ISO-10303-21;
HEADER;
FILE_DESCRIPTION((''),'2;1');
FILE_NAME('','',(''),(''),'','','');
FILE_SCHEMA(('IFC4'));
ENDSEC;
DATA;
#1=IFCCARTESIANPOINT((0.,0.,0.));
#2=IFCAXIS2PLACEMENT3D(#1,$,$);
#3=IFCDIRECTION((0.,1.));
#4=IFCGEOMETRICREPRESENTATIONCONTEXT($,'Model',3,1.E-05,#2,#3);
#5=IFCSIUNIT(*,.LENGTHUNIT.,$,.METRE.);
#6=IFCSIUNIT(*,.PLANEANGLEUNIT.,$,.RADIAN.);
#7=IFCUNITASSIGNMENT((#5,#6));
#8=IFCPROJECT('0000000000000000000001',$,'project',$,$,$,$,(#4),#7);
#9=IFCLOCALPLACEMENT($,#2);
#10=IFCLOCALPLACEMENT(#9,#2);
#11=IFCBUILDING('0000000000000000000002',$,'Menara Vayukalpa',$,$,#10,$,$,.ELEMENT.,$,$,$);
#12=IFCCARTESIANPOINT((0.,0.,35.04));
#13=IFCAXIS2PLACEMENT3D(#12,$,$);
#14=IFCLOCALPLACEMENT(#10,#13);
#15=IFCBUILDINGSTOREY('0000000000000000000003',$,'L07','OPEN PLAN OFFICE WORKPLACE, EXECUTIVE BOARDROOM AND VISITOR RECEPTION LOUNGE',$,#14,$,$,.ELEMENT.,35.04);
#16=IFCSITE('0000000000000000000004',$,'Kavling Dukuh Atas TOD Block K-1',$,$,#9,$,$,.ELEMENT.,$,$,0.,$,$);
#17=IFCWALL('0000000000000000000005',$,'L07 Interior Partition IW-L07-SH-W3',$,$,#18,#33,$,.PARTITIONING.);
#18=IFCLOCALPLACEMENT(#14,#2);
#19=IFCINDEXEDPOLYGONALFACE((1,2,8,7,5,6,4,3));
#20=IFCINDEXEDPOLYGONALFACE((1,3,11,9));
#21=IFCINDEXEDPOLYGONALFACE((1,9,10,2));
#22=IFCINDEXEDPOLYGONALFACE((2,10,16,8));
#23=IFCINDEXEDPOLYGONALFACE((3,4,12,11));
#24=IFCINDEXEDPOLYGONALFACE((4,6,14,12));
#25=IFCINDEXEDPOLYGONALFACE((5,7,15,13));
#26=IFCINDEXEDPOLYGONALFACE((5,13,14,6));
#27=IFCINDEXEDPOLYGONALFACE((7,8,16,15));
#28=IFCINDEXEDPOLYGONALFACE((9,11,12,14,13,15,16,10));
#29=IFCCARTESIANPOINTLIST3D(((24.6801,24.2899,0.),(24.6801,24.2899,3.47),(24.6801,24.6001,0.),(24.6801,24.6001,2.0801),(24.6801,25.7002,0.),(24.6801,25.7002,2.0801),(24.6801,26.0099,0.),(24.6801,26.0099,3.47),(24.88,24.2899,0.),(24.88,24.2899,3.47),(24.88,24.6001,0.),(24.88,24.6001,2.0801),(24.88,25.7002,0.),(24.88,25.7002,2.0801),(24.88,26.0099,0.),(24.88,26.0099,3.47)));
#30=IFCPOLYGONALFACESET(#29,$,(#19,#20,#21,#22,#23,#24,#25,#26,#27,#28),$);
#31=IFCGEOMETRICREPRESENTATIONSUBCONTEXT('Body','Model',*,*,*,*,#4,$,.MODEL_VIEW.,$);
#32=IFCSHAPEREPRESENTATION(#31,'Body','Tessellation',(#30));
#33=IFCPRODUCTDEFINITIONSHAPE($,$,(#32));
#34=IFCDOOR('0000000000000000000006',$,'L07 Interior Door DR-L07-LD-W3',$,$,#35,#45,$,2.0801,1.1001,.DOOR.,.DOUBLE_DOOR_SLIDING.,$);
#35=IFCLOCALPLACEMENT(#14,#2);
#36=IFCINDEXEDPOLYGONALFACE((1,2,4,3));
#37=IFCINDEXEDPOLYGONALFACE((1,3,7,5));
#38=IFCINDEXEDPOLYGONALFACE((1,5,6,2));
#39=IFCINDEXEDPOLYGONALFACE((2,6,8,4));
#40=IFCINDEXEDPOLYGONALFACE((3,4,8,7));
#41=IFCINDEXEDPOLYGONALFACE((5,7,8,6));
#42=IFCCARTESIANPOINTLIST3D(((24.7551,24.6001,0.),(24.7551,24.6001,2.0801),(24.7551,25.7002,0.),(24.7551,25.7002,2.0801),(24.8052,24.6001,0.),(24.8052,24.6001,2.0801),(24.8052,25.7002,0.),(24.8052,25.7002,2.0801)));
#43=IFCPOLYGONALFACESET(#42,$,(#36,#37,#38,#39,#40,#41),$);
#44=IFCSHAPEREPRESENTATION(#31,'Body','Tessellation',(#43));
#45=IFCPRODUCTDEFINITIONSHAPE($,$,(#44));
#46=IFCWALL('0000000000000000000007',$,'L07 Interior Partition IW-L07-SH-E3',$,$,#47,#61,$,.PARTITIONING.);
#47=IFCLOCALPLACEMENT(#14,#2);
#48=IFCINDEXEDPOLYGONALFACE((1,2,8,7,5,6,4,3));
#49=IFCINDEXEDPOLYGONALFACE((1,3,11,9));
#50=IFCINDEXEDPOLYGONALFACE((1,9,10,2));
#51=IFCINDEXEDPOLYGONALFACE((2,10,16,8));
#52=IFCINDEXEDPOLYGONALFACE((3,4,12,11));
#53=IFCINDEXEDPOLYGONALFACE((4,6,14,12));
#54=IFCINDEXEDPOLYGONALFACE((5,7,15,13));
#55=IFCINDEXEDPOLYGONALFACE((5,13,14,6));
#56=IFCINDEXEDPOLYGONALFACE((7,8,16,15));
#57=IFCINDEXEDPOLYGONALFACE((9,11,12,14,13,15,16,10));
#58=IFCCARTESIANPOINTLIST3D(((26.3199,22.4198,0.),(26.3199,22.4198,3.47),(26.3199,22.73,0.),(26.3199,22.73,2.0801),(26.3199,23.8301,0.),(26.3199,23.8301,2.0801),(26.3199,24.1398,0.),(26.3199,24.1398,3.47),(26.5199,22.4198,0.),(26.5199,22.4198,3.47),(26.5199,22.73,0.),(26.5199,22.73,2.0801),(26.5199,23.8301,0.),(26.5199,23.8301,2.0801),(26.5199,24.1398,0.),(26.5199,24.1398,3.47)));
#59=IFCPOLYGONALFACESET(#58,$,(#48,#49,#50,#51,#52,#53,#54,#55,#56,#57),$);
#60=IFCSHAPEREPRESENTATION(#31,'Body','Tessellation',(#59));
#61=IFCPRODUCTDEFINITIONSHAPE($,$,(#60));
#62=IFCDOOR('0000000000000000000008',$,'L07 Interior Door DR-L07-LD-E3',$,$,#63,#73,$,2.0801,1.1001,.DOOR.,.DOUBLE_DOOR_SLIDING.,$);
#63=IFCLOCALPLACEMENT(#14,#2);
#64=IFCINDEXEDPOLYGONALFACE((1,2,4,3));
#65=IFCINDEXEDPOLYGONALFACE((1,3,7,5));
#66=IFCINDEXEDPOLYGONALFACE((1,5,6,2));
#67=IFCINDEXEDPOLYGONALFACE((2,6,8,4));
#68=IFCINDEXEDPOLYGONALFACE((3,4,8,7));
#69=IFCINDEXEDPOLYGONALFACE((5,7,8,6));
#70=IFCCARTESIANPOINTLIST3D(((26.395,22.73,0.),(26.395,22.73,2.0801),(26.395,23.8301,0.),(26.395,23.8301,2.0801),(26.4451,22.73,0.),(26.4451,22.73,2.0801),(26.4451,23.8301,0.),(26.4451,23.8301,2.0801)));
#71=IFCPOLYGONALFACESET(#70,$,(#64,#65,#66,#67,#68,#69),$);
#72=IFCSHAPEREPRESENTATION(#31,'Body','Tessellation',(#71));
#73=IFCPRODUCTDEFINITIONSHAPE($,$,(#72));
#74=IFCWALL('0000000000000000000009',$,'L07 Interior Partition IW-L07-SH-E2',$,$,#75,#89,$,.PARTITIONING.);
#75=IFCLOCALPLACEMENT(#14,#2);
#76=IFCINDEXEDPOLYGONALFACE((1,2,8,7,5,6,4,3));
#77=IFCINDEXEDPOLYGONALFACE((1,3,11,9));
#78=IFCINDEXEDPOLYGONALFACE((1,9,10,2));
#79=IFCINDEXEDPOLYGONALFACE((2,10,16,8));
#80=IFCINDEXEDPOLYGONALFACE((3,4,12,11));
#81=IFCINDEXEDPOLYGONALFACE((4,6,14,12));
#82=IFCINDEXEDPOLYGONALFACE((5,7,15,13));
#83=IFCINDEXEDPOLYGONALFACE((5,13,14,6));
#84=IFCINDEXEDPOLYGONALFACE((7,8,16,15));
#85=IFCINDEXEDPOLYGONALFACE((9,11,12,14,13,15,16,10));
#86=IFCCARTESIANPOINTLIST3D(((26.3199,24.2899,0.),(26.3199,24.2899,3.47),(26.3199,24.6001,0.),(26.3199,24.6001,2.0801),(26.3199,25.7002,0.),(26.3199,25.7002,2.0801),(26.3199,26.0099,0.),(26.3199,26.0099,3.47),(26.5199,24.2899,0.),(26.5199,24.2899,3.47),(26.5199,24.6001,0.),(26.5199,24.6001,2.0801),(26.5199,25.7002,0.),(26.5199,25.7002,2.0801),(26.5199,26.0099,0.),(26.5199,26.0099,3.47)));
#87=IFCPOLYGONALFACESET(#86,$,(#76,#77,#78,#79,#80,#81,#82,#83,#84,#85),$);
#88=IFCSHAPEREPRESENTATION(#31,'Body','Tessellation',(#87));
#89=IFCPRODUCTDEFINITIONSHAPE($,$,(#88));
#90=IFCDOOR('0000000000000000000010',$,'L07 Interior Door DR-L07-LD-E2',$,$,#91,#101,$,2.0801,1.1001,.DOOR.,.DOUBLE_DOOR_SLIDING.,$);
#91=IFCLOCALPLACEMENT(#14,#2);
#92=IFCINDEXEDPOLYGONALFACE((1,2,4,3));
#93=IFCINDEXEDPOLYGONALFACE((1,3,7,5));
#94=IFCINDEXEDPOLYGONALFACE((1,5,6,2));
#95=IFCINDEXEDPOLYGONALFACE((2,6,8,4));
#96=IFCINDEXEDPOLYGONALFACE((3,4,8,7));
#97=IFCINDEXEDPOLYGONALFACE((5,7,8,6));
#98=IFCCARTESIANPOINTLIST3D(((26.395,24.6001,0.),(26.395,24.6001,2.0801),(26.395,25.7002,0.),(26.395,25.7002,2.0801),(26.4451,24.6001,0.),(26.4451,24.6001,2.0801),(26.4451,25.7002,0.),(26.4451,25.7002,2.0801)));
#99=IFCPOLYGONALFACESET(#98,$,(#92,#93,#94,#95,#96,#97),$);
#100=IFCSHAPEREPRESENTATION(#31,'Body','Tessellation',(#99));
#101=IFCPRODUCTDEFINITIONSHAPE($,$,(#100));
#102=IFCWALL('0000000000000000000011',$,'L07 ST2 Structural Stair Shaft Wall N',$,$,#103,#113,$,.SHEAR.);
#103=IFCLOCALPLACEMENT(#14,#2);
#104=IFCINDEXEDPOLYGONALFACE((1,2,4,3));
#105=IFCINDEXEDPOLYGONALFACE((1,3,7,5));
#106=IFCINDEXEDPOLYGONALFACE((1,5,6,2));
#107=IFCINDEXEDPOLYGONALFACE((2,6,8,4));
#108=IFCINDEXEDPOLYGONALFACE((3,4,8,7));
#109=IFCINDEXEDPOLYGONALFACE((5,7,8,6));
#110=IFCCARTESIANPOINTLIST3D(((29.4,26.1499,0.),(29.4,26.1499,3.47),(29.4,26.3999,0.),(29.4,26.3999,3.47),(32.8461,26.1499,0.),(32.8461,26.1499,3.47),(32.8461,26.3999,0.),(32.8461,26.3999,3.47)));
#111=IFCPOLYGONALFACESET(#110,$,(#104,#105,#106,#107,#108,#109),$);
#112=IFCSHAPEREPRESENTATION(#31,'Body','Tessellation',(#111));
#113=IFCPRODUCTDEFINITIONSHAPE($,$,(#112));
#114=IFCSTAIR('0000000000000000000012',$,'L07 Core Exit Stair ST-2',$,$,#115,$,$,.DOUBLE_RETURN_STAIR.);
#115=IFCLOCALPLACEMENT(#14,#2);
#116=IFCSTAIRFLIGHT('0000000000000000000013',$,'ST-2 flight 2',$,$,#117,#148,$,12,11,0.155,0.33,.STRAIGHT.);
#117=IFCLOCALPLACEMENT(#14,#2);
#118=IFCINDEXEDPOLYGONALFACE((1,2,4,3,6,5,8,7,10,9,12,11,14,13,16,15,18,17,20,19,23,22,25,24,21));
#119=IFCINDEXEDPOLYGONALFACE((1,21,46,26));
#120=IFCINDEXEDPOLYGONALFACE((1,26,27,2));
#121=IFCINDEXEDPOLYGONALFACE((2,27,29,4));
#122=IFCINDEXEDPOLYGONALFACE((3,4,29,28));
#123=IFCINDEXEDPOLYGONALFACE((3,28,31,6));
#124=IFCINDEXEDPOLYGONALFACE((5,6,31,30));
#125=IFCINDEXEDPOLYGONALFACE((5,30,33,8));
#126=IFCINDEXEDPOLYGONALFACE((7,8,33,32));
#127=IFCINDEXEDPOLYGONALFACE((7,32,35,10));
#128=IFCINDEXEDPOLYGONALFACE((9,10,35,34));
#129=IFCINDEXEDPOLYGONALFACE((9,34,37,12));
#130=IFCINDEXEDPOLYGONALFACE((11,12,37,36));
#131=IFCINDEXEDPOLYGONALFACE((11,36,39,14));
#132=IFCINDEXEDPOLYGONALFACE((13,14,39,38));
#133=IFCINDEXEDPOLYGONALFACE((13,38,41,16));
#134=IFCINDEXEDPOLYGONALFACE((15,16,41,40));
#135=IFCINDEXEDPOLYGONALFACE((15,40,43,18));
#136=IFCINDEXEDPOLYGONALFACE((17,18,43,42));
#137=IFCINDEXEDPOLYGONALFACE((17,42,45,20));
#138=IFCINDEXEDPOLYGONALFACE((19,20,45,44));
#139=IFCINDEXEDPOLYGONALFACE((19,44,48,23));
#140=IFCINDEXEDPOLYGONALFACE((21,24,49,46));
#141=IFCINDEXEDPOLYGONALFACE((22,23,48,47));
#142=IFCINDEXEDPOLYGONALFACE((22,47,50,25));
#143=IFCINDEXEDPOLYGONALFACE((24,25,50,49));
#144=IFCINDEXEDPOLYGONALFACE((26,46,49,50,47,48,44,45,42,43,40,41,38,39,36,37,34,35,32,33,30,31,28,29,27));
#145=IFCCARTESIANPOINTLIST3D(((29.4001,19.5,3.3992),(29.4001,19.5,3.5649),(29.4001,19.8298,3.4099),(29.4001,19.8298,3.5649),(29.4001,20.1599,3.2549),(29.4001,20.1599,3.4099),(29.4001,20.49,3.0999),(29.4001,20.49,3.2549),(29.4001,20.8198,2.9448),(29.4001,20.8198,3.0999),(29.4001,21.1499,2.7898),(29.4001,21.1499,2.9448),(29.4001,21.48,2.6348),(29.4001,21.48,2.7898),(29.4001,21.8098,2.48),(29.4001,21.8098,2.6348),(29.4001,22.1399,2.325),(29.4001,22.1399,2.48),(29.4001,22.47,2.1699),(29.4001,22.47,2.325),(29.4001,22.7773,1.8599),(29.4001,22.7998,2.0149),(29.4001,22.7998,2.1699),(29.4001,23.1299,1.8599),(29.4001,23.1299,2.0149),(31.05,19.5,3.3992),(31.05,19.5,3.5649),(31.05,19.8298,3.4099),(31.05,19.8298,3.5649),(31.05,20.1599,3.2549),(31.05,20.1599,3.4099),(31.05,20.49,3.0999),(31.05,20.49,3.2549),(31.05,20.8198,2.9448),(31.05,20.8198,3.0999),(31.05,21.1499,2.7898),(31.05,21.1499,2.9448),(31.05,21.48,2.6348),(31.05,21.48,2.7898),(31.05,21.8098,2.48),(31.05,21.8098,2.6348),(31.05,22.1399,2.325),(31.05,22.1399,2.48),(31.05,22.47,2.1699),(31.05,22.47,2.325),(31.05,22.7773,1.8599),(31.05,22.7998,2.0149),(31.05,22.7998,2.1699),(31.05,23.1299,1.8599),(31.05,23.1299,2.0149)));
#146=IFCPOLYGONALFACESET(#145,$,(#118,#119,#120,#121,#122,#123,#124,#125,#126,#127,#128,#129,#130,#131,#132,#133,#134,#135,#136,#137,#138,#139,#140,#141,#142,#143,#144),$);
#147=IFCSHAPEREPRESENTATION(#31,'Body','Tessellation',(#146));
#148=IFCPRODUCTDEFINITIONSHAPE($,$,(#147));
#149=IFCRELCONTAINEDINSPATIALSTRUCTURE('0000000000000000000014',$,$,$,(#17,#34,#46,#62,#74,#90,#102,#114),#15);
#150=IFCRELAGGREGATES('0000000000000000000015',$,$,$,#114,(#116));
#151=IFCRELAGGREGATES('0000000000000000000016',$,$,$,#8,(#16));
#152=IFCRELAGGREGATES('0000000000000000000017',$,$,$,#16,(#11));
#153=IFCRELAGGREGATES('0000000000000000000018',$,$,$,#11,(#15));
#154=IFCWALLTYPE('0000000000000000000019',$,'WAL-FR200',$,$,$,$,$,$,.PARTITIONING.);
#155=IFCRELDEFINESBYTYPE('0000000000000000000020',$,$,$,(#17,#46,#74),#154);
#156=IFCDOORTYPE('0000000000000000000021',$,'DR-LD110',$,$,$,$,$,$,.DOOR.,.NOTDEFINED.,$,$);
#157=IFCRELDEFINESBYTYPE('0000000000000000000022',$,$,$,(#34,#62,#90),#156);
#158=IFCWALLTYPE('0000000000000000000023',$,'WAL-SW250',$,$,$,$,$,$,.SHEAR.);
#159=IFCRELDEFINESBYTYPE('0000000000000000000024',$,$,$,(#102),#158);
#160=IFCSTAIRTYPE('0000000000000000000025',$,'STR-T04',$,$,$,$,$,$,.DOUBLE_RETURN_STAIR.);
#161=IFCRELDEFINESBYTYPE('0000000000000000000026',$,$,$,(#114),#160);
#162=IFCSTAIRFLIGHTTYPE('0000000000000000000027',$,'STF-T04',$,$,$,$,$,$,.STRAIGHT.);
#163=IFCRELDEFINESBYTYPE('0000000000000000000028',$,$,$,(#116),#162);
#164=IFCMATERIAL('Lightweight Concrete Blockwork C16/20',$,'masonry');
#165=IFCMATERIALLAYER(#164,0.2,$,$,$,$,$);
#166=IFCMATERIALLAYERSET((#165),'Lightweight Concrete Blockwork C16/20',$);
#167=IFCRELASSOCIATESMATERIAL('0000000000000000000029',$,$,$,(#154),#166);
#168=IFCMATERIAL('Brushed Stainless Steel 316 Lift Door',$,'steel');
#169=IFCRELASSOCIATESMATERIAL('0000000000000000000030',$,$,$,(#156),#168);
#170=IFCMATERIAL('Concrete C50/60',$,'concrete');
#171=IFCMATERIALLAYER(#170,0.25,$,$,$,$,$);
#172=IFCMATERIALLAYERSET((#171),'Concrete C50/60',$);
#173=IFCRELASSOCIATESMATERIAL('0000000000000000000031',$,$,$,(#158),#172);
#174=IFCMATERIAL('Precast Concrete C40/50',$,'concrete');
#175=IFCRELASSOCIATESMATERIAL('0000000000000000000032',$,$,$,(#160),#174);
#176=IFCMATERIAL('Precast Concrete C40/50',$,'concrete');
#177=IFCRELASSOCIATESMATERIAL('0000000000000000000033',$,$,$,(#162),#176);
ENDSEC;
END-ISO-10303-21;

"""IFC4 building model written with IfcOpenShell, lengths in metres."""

from ifc_helpers import new_model, si_unit, direction, frame, frame_2d, origin, place, context, subcontext, project, spatial, polyline, rectangle, outline, extrude, material, layer, layer_set, type_object, element, fill, aggregate, save


model = new_model("IFC4")

# Units and contexts
model_context = context("Model", 3, precision=1e-05, world=origin(), true_north=direction((0.0, 1.0)))
body_context = subcontext(model_context, "Body", "Model", "MODEL_VIEW")
ifc_project = project(units=[si_unit("LENGTHUNIT", "METRE"), si_unit("PLANEANGLEUNIT", "RADIAN")], contexts=[model_context])

# Site, building, storey
site_placement = place(None, origin())
site = spatial("IfcSite", under=ifc_project, at=site_placement, Name="Kavling Dukuh Atas TOD Block K-1", CompositionType="ELEMENT", RefElevation=0.0)
building_placement = place(site_placement, origin())
building = spatial("IfcBuilding", under=site, at=building_placement, Name="Menara Vayukalpa", CompositionType="ELEMENT")
storey_placement = place(building_placement, frame((0.0, 0.0, 35.04)))
storey = spatial("IfcBuildingStorey", under=building, at=storey_placement, Name="L07", Description="OPEN PLAN OFFICE WORKPLACE, EXECUTIVE BOARDROOM AND VISITOR RECEPTION LOUNGE", CompositionType="ELEMENT", Elevation=35.04)

# Walls, openings, doors
ifc_material_1 = material(Name="Lightweight Concrete Blockwork C16/20", Category="masonry")
ifc_layer_1 = layer(ifc_material_1, 0.2)
ifc_layer_set_1 = layer_set([ifc_layer_1], Name="Lightweight Concrete Blockwork C16/20")
wall_type_1 = type_object("IfcWallType", Name="WAL-FR200", PredefinedType="PARTITIONING", material=ifc_layer_set_1)
ifc_material_2 = material(Name="Brushed Stainless Steel 316 Lift Door", Category="steel")
door_type = type_object("IfcDoorType", Name="DR-LD110", OperationType="NOTDEFINED", PredefinedType="DOOR", material=ifc_material_2)
wall_1_placement = place(storey_placement, frame((24.78, 24.29, 0.0), z_axis=(0.0, 0.0, 1.0), x_axis=(0.0, 1.0, 0.0)))
wall_1 = element("IfcWall", 1, at=wall_1_placement, inside=storey, type_object=wall_type_1, Name="L07 Interior Partition IW-L07-SH-W3", PredefinedType="PARTITIONING", context=body_context, shape_type="SweptSolid", body=[
    extrude(rectangle(XDim=1.72, YDim=0.2, at=frame_2d((0.8599, 0.0))), origin(), (0.0, 0.0, 1.0), 3.47),
])
opening_1_placement = place(wall_1_placement, frame((0.3101, 0.0, 0.0)))
opening_1 = element("IfcOpeningElement", 2, at=opening_1_placement, cuts=wall_1, PredefinedType="OPENING", context=body_context, shape_type="SweptSolid", body=[
    extrude(rectangle(XDim=1.1001, YDim=2.0801, at=frame_2d((0.55, 1.04))), frame((0.0, 0.1099, 0.0), z_axis=(0.0, -1.0, 0.0), x_axis=(1.0, 0.0, 0.0)), (0.0, 0.0, 1.0), 0.22),
])
door_1_placement = place(opening_1_placement, origin())
door_1 = element("IfcDoor", 3, at=door_1_placement, inside=storey, type_object=door_type, Name="L07 Interior Door DR-L07-LD-W3", OperationType="DOUBLE_DOOR_SLIDING", OverallHeight=2.0801, OverallWidth=1.1001, PredefinedType="DOOR", context=body_context, shape_type="SweptSolid", body=[
    extrude(rectangle(XDim=1.1001, YDim=2.0801, at=frame_2d((0.55, 1.04))), frame((0.0, 0.0249, 0.0), z_axis=(0.0, -1.0, 0.0), x_axis=(1.0, 0.0, 0.0)), (0.0, 0.0, 1.0), 0.05),
])
fill(opening_1, door_1)
wall_2_placement = place(storey_placement, frame((26.4199, 22.4199, 0.0), z_axis=(0.0, 0.0, 1.0), x_axis=(0.0, 1.0, 0.0)))
wall_2 = element("IfcWall", 4, at=wall_2_placement, inside=storey, type_object=wall_type_1, Name="L07 Interior Partition IW-L07-SH-E3", PredefinedType="PARTITIONING", context=body_context, shape_type="SweptSolid", body=[
    extrude(rectangle(XDim=1.72, YDim=0.2, at=frame_2d((0.8599, 0.0))), origin(), (0.0, 0.0, 1.0), 3.47),
])
opening_2_placement = place(wall_2_placement, frame((0.3101, 0.0, 0.0)))
opening_2 = element("IfcOpeningElement", 5, at=opening_2_placement, cuts=wall_2, PredefinedType="OPENING", context=body_context, shape_type="SweptSolid", body=[
    extrude(rectangle(XDim=1.1001, YDim=2.0801, at=frame_2d((0.55, 1.04))), frame((0.0, 0.1099, 0.0), z_axis=(0.0, -1.0, 0.0), x_axis=(1.0, 0.0, 0.0)), (0.0, 0.0, 1.0), 0.22),
])
door_2_placement = place(opening_2_placement, origin())
door_2 = element("IfcDoor", 6, at=door_2_placement, inside=storey, type_object=door_type, Name="L07 Interior Door DR-L07-LD-E3", OperationType="DOUBLE_DOOR_SLIDING", OverallHeight=2.0801, OverallWidth=1.1001, PredefinedType="DOOR", context=body_context, shape_type="SweptSolid", body=[
    extrude(rectangle(XDim=1.1001, YDim=2.0801, at=frame_2d((0.55, 1.04))), frame((0.0, 0.0249, 0.0), z_axis=(0.0, -1.0, 0.0), x_axis=(1.0, 0.0, 0.0)), (0.0, 0.0, 1.0), 0.05),
])
fill(opening_2, door_2)
wall_3_placement = place(storey_placement, frame((26.4199, 24.29, 0.0), z_axis=(0.0, 0.0, 1.0), x_axis=(0.0, 1.0, 0.0)))
wall_3 = element("IfcWall", 7, at=wall_3_placement, inside=storey, type_object=wall_type_1, Name="L07 Interior Partition IW-L07-SH-E2", PredefinedType="PARTITIONING", context=body_context, shape_type="SweptSolid", body=[
    extrude(rectangle(XDim=1.72, YDim=0.2, at=frame_2d((0.8599, 0.0))), origin(), (0.0, 0.0, 1.0), 3.47),
])
opening_3_placement = place(wall_3_placement, frame((0.3101, 0.0, 0.0)))
opening_3 = element("IfcOpeningElement", 8, at=opening_3_placement, cuts=wall_3, PredefinedType="OPENING", context=body_context, shape_type="SweptSolid", body=[
    extrude(rectangle(XDim=1.1001, YDim=2.0801, at=frame_2d((0.55, 1.04))), frame((0.0, 0.1099, 0.0), z_axis=(0.0, -1.0, 0.0), x_axis=(1.0, 0.0, 0.0)), (0.0, 0.0, 1.0), 0.22),
])
door_3_placement = place(opening_3_placement, origin())
door_3 = element("IfcDoor", 9, at=door_3_placement, inside=storey, type_object=door_type, Name="L07 Interior Door DR-L07-LD-E2", OperationType="DOUBLE_DOOR_SLIDING", OverallHeight=2.0801, OverallWidth=1.1001, PredefinedType="DOOR", context=body_context, shape_type="SweptSolid", body=[
    extrude(rectangle(XDim=1.1001, YDim=2.0801, at=frame_2d((0.55, 1.04))), frame((0.0, 0.0249, 0.0), z_axis=(0.0, -1.0, 0.0), x_axis=(1.0, 0.0, 0.0)), (0.0, 0.0, 1.0), 0.05),
])
fill(opening_3, door_3)

# Wall
ifc_material_3 = material(Name="Concrete C50/60", Category="concrete")
ifc_layer_2 = layer(ifc_material_3, 0.25)
ifc_layer_set_2 = layer_set([ifc_layer_2], Name="Concrete C50/60")
wall_type_2 = type_object("IfcWallType", Name="WAL-SW250", PredefinedType="SHEAR", material=ifc_layer_set_2)
wall_4_placement = place(storey_placement, frame((29.3999, 26.2749, 0.0), z_axis=(0.0, 0.0, 1.0), x_axis=(1.0, 0.0, 0.0)))
element("IfcWall", 10, at=wall_4_placement, inside=storey, type_object=wall_type_2, Name="L07 ST2 Structural Stair Shaft Wall N", PredefinedType="SHEAR", context=body_context, shape_type="SweptSolid", body=[
    extrude(rectangle(XDim=3.446, YDim=0.25, at=frame_2d((1.7231, 0.0))), origin(), (0.0, 0.0, 1.0), 3.47),
])

# Stair, stair flight
ifc_material_4 = material(Name="Precast Concrete C40/50", Category="concrete")
stair_type = type_object("IfcStairType", Name="STR-T04", PredefinedType="DOUBLE_RETURN_STAIR", material=ifc_material_4)
stair_placement = place(storey_placement, origin())
stair = element("IfcStair", 11, at=stair_placement, inside=storey, type_object=stair_type, Name="L07 Core Exit Stair ST-2", PredefinedType="DOUBLE_RETURN_STAIR")
ifc_material_5 = material(Name="Precast Concrete C40/50", Category="concrete")
stair_flight_type = type_object("IfcStairFlightType", Name="STF-T04", PredefinedType="STRAIGHT", material=ifc_material_5)
stair_flight_placement = place(storey_placement, frame((30.2251, 23.1299, 1.8599), z_axis=(0.0, 0.0, 1.0), x_axis=(0.0, -1.0, 0.0)))
stair_flight = element("IfcStairFlight", 12, at=stair_flight_placement, type_object=stair_flight_type, Name="ST-2 flight 2", NumberOfRisers=12, NumberOfTreads=11, PredefinedType="STRAIGHT", RiserHeight=0.155, TreadLength=0.33, context=body_context, shape_type="SweptSolid", body=[
    extrude(outline(polyline([(0.0, 0.0), (0.0, 0.155), (0.3301, 0.155), (0.3301, 0.3101), (0.6599, 0.3101), (0.6599, 0.4651), (0.99, 0.4651), (0.99, 0.6201), (1.3201, 0.6201), (1.3201, 0.7749), (1.6499, 0.7749), (1.6499, 0.9299), (1.98, 0.9299), (1.98, 1.085), (2.3101, 1.085), (2.3101, 1.24), (2.6399, 1.24), (2.6399, 1.395), (2.97, 1.395), (2.97, 1.55), (3.3, 1.55), (3.3, 1.7051), (3.6299, 1.7051), (3.6299, 1.8601), (3.6299, 1.5393), (0.3525, 0.0), (0.0, 0.0)])), frame((0.0, 0.825, 0.0), z_axis=(0.0, -1.0, 0.0), x_axis=(1.0, 0.0, 0.0)), (0.0, 0.0, 1.0), 1.6499),
])
aggregate(stair, [stair_flight])

save(model, "model.ifc")
